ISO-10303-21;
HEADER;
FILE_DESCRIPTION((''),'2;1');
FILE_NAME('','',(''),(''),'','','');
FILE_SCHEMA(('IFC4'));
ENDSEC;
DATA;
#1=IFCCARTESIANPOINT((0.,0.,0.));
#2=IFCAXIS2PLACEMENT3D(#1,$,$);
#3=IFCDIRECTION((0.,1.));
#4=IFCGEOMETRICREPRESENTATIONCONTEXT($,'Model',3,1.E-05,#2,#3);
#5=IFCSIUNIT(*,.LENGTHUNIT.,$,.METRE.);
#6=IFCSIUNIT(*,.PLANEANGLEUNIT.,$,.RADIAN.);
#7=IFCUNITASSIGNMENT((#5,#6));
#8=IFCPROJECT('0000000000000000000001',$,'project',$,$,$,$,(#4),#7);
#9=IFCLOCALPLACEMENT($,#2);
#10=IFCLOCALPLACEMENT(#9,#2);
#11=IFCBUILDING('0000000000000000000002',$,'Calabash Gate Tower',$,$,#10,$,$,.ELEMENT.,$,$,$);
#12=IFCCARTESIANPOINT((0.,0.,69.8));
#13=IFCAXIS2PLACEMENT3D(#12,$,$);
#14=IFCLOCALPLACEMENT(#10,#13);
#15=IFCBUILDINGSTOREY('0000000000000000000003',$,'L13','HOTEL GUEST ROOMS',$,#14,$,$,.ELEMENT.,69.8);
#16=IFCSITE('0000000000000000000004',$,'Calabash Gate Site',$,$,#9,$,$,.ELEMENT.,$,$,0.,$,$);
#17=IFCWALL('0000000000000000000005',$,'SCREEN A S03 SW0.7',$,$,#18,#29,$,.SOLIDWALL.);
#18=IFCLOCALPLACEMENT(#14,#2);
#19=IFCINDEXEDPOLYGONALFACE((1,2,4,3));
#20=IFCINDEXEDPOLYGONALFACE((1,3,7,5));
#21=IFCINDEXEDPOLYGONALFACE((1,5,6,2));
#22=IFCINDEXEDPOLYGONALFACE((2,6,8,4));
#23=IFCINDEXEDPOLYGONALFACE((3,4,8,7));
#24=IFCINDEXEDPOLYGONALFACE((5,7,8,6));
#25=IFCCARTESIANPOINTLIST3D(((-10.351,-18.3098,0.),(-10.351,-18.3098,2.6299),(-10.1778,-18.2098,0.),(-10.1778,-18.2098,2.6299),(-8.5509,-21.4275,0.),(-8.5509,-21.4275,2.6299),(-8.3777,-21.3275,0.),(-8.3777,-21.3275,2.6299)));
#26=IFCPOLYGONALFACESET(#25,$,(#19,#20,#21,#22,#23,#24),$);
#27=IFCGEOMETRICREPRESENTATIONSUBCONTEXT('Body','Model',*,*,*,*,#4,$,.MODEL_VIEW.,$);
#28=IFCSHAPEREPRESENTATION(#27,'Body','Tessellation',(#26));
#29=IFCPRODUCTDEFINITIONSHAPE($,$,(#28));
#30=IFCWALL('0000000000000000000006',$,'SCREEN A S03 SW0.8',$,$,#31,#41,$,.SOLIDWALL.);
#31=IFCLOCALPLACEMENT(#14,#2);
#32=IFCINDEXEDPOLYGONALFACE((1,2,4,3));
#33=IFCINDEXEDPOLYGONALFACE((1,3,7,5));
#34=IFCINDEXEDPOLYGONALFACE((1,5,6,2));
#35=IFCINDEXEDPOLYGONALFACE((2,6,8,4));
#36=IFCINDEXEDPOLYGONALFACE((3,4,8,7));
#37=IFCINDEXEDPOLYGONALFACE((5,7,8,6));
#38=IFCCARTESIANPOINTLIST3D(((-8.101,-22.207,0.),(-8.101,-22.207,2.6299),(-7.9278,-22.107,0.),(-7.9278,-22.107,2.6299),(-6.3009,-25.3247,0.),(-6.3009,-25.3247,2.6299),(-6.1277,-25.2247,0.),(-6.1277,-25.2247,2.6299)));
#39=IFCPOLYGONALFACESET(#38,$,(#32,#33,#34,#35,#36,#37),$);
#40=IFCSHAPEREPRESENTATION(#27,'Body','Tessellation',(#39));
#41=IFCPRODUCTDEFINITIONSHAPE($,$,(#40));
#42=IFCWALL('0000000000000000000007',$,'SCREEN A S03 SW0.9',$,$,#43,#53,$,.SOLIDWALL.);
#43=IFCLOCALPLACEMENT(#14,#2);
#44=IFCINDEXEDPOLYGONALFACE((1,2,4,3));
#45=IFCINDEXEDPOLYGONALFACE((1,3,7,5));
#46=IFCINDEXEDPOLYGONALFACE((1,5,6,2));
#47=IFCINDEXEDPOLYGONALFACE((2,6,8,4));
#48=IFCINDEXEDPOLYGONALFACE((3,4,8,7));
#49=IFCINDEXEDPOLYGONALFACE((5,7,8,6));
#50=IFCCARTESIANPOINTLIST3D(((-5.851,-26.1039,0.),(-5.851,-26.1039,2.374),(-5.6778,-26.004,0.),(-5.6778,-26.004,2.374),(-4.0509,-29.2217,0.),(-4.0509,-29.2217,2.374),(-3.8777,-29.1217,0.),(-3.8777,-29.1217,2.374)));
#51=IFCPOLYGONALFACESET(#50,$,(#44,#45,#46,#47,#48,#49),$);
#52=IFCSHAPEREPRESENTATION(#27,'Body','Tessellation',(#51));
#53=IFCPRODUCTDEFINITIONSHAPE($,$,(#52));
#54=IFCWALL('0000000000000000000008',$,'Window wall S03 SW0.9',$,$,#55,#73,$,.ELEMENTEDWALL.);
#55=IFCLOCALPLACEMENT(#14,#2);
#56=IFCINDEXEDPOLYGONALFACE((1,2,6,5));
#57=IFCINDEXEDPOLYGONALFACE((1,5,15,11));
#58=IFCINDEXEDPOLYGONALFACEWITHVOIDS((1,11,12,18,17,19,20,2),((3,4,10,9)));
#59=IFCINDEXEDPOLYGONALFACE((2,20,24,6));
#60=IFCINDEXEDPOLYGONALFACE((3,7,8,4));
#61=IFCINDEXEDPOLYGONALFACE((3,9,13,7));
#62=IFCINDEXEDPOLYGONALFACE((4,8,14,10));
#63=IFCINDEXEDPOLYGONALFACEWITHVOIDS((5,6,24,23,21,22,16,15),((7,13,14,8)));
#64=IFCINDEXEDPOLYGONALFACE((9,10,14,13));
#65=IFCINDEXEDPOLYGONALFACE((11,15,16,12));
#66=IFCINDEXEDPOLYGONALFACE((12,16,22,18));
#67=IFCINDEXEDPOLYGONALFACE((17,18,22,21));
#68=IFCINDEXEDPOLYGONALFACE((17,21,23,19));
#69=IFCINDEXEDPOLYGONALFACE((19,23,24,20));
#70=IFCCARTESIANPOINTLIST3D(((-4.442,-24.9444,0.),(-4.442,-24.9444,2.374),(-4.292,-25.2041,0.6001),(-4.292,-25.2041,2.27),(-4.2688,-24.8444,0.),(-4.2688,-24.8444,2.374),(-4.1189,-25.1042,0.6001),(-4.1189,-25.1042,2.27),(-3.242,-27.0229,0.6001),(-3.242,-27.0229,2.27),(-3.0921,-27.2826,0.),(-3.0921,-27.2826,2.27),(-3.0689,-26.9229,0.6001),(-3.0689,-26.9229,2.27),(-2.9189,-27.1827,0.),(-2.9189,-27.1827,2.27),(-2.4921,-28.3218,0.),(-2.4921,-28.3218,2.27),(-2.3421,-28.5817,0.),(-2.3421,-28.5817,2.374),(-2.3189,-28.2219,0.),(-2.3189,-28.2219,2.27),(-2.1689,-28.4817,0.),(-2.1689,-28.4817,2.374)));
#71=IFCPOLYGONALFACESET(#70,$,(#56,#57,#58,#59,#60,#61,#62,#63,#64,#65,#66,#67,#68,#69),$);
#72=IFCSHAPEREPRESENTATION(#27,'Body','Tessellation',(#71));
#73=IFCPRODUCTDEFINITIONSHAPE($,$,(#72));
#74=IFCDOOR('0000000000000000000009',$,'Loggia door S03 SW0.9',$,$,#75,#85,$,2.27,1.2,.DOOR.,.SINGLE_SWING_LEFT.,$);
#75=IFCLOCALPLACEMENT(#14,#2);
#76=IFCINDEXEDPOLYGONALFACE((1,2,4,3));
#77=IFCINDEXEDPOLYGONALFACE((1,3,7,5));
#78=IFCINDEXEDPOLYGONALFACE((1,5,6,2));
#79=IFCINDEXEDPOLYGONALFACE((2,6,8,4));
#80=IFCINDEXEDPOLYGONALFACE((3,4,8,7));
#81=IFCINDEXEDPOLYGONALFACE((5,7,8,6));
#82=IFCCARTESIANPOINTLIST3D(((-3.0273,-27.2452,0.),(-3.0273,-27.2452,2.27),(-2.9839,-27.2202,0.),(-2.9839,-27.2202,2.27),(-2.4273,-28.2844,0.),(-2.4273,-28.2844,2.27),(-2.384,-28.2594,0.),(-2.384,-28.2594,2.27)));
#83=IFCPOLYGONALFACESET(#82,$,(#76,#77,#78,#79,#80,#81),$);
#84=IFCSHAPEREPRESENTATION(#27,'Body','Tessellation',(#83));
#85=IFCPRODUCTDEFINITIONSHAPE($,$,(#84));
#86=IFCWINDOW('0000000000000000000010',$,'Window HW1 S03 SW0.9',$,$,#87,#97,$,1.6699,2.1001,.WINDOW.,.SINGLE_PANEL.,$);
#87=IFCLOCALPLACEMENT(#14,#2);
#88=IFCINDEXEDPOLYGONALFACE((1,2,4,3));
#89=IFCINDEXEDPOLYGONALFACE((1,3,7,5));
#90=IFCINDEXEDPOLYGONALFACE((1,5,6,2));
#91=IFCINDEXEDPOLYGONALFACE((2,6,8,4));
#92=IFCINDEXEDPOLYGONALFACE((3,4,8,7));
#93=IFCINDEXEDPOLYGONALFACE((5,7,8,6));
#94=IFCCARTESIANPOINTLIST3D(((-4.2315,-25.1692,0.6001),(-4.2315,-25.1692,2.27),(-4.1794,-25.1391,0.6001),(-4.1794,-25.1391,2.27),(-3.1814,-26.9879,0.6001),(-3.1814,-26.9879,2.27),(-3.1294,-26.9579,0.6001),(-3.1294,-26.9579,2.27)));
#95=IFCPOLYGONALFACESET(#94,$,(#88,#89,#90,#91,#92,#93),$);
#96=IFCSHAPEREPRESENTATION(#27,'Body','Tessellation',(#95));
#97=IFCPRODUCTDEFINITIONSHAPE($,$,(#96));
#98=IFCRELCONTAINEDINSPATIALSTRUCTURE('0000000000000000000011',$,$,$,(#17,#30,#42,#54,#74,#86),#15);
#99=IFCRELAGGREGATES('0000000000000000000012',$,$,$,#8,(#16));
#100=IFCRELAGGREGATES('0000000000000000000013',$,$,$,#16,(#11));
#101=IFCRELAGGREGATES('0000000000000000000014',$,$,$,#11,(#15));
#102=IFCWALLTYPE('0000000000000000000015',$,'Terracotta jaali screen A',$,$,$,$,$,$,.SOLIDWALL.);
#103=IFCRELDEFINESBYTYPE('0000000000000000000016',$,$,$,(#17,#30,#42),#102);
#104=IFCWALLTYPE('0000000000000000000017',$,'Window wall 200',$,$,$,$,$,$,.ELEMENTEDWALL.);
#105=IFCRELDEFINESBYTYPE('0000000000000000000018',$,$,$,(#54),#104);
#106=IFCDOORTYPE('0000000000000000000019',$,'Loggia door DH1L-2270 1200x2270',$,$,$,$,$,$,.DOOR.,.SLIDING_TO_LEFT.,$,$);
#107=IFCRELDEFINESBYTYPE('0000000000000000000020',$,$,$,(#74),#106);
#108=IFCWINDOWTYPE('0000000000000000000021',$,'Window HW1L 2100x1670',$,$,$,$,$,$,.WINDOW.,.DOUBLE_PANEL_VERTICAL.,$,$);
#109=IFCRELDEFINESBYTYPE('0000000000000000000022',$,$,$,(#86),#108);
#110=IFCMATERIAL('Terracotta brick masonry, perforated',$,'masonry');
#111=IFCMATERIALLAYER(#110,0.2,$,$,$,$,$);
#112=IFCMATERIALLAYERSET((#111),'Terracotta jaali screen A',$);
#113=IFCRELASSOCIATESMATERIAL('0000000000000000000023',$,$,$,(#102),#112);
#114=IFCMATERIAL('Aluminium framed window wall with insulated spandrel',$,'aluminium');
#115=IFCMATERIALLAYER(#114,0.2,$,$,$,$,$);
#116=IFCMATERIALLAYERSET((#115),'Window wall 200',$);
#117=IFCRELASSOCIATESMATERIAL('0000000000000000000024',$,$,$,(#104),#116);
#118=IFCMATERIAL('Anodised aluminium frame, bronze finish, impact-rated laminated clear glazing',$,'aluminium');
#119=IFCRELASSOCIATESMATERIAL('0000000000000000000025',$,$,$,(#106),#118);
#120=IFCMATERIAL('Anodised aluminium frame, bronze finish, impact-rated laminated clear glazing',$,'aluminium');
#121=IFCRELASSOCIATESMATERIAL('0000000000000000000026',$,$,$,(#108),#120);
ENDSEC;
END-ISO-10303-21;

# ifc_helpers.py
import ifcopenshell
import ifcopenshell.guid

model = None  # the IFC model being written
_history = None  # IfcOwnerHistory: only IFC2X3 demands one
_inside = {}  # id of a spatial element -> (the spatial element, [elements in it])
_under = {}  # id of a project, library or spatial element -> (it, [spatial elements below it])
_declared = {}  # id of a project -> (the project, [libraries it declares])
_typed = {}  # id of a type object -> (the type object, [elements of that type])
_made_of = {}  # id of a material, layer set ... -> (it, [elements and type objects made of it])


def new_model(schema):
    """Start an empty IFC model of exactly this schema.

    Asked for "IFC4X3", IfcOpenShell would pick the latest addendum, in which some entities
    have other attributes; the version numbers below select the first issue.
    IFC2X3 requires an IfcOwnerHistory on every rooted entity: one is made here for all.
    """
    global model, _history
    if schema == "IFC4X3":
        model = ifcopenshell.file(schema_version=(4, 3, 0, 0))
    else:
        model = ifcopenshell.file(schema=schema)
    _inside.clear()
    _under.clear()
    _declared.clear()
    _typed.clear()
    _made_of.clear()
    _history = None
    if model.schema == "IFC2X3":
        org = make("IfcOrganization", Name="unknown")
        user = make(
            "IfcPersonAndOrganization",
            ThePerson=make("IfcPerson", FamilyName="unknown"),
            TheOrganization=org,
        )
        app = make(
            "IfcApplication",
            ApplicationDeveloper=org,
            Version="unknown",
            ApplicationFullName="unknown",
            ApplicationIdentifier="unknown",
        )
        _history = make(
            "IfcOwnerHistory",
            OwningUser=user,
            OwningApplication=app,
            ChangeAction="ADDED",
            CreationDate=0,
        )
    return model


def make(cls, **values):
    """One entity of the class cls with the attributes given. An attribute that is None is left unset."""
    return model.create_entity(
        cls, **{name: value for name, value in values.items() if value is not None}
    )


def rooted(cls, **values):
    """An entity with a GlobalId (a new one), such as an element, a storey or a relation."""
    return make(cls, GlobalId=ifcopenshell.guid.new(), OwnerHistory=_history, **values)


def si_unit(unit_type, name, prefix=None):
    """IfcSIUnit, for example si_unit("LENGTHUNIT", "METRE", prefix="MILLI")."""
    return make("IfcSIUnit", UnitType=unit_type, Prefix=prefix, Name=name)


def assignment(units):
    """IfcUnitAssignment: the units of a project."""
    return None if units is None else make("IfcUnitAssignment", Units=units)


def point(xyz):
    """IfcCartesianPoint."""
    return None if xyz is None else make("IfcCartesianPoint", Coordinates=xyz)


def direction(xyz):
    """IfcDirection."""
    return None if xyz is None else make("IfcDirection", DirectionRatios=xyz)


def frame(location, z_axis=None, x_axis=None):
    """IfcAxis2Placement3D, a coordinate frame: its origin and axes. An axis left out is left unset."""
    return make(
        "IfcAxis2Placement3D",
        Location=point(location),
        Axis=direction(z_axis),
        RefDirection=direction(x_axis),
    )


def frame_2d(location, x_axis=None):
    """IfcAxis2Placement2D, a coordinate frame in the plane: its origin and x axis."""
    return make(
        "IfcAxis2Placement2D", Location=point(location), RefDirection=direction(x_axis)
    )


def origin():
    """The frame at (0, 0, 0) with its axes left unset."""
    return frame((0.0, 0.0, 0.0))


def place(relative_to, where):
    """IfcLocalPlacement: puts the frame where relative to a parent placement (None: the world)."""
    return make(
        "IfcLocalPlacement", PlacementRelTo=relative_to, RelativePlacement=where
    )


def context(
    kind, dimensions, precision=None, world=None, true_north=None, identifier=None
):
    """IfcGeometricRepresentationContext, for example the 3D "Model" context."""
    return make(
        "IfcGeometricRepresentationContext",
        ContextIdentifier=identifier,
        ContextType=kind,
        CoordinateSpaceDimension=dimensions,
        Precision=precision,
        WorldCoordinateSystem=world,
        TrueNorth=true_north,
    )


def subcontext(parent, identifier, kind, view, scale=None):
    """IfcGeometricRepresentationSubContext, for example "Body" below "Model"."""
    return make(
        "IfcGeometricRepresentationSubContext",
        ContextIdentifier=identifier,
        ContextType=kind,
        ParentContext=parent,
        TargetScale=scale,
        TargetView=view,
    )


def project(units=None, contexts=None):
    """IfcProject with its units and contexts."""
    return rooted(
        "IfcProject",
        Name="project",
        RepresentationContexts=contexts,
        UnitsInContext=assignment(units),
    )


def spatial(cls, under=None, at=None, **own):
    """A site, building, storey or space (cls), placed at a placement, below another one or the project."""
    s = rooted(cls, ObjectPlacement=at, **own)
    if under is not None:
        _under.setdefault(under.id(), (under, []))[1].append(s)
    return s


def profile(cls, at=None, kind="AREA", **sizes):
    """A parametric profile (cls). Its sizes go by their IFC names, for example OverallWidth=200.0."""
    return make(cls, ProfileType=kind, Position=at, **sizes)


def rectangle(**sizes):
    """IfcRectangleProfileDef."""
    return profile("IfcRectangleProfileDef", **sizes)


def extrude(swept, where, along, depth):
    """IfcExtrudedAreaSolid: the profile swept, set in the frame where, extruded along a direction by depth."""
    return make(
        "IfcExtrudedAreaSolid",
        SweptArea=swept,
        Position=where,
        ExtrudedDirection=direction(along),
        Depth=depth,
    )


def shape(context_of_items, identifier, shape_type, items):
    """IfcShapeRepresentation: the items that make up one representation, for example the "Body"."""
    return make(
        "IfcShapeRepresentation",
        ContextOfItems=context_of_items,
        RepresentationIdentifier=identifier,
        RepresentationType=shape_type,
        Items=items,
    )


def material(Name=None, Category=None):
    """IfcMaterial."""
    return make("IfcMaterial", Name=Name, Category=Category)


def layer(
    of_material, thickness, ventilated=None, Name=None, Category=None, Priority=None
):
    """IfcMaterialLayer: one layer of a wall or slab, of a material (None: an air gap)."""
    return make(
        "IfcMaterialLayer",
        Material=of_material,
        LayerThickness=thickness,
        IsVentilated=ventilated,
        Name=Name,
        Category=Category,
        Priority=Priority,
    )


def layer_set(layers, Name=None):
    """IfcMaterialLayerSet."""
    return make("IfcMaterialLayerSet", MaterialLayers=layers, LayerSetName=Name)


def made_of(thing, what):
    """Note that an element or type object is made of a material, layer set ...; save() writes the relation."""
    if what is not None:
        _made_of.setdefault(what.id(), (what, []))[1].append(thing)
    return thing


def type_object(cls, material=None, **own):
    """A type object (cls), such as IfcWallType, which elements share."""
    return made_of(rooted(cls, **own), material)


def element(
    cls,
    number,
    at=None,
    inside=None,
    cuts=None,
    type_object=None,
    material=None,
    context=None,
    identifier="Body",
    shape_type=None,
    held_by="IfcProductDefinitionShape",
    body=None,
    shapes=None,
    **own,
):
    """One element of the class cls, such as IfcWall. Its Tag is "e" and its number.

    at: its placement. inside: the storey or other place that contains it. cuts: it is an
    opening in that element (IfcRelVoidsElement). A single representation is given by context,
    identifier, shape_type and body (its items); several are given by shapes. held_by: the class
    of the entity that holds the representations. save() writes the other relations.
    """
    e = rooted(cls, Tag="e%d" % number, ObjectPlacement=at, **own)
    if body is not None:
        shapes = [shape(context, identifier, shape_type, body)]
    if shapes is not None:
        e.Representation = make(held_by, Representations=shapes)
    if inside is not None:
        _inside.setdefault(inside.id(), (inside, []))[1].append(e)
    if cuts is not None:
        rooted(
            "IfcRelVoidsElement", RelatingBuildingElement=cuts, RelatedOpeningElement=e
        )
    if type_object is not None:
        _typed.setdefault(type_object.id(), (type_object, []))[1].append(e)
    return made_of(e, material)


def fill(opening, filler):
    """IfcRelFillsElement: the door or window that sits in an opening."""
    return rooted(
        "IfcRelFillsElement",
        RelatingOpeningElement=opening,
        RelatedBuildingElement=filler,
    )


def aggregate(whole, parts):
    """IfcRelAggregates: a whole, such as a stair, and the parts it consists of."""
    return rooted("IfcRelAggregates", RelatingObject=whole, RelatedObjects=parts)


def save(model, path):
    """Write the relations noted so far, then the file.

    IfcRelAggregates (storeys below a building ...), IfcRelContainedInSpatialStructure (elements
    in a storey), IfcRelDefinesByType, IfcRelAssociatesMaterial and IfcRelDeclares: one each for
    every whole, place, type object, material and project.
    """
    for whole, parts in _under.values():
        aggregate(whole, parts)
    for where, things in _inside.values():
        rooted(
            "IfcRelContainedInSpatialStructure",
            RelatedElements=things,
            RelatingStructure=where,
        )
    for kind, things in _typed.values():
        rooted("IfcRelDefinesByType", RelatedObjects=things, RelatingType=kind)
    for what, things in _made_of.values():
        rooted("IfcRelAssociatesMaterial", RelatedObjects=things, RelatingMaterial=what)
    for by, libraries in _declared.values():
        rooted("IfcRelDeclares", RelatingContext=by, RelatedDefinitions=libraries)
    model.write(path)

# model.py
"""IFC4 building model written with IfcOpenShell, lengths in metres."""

from ifc_helpers import new_model, si_unit, direction, frame, frame_2d, origin, place, context, subcontext, project, spatial, rectangle, extrude, material, layer, layer_set, type_object, element, fill, save


model = new_model("IFC4")

# Units and contexts
model_context = context("Model", 3, precision=1e-05, world=origin(), true_north=direction((0.0, 1.0)))
body_context = subcontext(model_context, "Body", "Model", "MODEL_VIEW")
ifc_project = project(units=[si_unit("LENGTHUNIT", "METRE"), si_unit("PLANEANGLEUNIT", "RADIAN")], contexts=[model_context])

# Site, building, storey
site_placement = place(None, origin())
site = spatial("IfcSite", under=ifc_project, at=site_placement, Name="Calabash Gate Site", CompositionType="ELEMENT", RefElevation=0.0)
building_placement = place(site_placement, origin())
building = spatial("IfcBuilding", under=site, at=building_placement, Name="Calabash Gate Tower", CompositionType="ELEMENT")
storey_placement = place(building_placement, frame((0.0, 0.0, 69.8)))
storey = spatial("IfcBuildingStorey", under=building, at=storey_placement, Name="L13", Description="HOTEL GUEST ROOMS", CompositionType="ELEMENT", Elevation=69.8)

# Walls
ifc_material_1 = material(Name="Terracotta brick masonry, perforated", Category="masonry")
ifc_layer_1 = layer(ifc_material_1, 0.2)
ifc_layer_set_1 = layer_set([ifc_layer_1], Name="Terracotta jaali screen A")
wall_type_1 = type_object("IfcWallType", Name="Terracotta jaali screen A", PredefinedType="SOLIDWALL", material=ifc_layer_set_1)
for number, where, z_axis, x_axis, name in (
    (1, (-10.2644, -18.2598, 0.0), (0.0, 0.0, 1.0), (0.500012, -0.866018, 0.0), "SCREEN A S03 SW0.7"),
    (2, (-8.0144, -22.157, 0.0), (0.0, 0.0, 1.0), (0.500012, -0.866018, 0.0), "SCREEN A S03 SW0.8"),
):
    element("IfcWall", number, at=place(storey_placement, frame(where, z_axis=z_axis, x_axis=x_axis)), inside=storey, type_object=wall_type_1, Name=name, PredefinedType="SOLIDWALL", context=body_context, shape_type="SweptSolid", body=[
        extrude(rectangle(XDim=3.6001, YDim=0.2, at=frame_2d((1.8, 0.0))), origin(), (0.0, 0.0, 1.0), 2.6299),
    ])
wall_1_placement = place(storey_placement, frame((-5.7644, -26.054, 0.0), z_axis=(0.0, 0.0, 1.0), x_axis=(0.500012, -0.866018, 0.0)))
element("IfcWall", 3, at=wall_1_placement, inside=storey, type_object=wall_type_1, Name="SCREEN A S03 SW0.9", PredefinedType="SOLIDWALL", context=body_context, shape_type="SweptSolid", body=[
    extrude(rectangle(XDim=3.6001, YDim=0.2, at=frame_2d((1.8, 0.0))), origin(), (0.0, 0.0, 1.0), 2.374),
])

# Wall, openings, door, window
ifc_material_2 = material(Name="Aluminium framed window wall with insulated spandrel", Category="aluminium")
ifc_layer_2 = layer(ifc_material_2, 0.2)
ifc_layer_set_2 = layer_set([ifc_layer_2], Name="Window wall 200")
wall_type_2 = type_object("IfcWallType", Name="Window wall 200", PredefinedType="ELEMENTEDWALL", material=ifc_layer_set_2)
wall_2_placement = place(storey_placement, frame((-4.3555, -24.8943, 0.0), z_axis=(0.0, 0.0, 1.0), x_axis=(0.499984, -0.866035, 0.0)))
wall_2 = element("IfcWall", 4, at=wall_2_placement, inside=storey, type_object=wall_type_2, Name="Window wall S03 SW0.9", PredefinedType="ELEMENTEDWALL", context=body_context, shape_type="SweptSolid", body=[
    extrude(rectangle(XDim=4.2, YDim=0.2, at=frame_2d((2.1001, 0.0))), origin(), (0.0, 0.0, 1.0), 2.374),
])
opening_1_placement = place(wall_2_placement, frame((0.3, 0.0, 0.6001)))
opening_1 = element("IfcOpeningElement", 5, at=opening_1_placement, cuts=wall_2, PredefinedType="OPENING", context=body_context, shape_type="SweptSolid", body=[
    extrude(rectangle(XDim=2.1001, YDim=1.6699, at=frame_2d((1.05, 0.835))), frame((0.0, 0.1099, 0.0), z_axis=(0.0, -1.0, 0.0), x_axis=(1.0, 0.0, 0.0)), (0.0, 0.0, 1.0), 0.22),
])
opening_2_placement = place(wall_2_placement, frame((2.7, 0.0, 0.0)))
opening_2 = element("IfcOpeningElement", 6, at=opening_2_placement, cuts=wall_2, PredefinedType="OPENING", context=body_context, shape_type="SweptSolid", body=[
    extrude(rectangle(XDim=1.2, YDim=2.27, at=frame_2d((0.6001, 1.135))), frame((0.0, 0.1099, 0.0), z_axis=(0.0, -1.0, 0.0), x_axis=(1.0, 0.0, 0.0)), (0.0, 0.0, 1.0), 0.22),
])
ifc_material_3 = material(Name="Anodised aluminium frame, bronze finish, impact-rated laminated clear glazing", Category="aluminium")
door_type_1 = type_object("IfcDoorType", Name="Loggia door DH1L-2270 1200x2270", OperationType="SLIDING_TO_LEFT", PredefinedType="DOOR", material=ifc_material_3)
door_1_placement = place(opening_2_placement, origin())
door_1 = element("IfcDoor", 7, at=door_1_placement, inside=storey, type_object=door_type_1, Name="Loggia door S03 SW0.9", OperationType="SINGLE_SWING_LEFT", OverallHeight=2.27, OverallWidth=1.2, PredefinedType="DOOR", context=body_context, shape_type="SweptSolid", body=[
    extrude(rectangle(XDim=1.2, YDim=2.27, at=frame_2d((0.6001, 1.135))), frame((0.0, 0.0249, 0.0), z_axis=(0.0, -1.0, 0.0), x_axis=(1.0, 0.0, 0.0)), (0.0, 0.0, 1.0), 0.05),
])
fill(opening_2, door_1)
ifc_material_4 = material(Name="Anodised aluminium frame, bronze finish, impact-rated laminated clear glazing", Category="aluminium")
window_type_1 = type_object("IfcWindowType", Name="Window HW1L 2100x1670", PartitioningType="DOUBLE_PANEL_VERTICAL", PredefinedType="WINDOW", material=ifc_material_4)
window_1_placement = place(opening_1_placement, origin())
window_1 = element("IfcWindow", 8, at=window_1_placement, inside=storey, type_object=window_type_1, Name="Window HW1 S03 SW0.9", OverallHeight=1.6699, OverallWidth=2.1001, PartitioningType="SINGLE_PANEL", PredefinedType="WINDOW", context=body_context, shape_type="SweptSolid", body=[
    extrude(rectangle(XDim=2.1001, YDim=1.6699, at=frame_2d((1.05, 0.835))), frame((0.0, 0.03, 0.0), z_axis=(0.0, -1.0, 0.0), x_axis=(1.0, 0.0, 0.0)), (0.0, 0.0, 1.0), 0.0601),
])
fill(opening_1, window_1)

save(model, "model.ifc")
